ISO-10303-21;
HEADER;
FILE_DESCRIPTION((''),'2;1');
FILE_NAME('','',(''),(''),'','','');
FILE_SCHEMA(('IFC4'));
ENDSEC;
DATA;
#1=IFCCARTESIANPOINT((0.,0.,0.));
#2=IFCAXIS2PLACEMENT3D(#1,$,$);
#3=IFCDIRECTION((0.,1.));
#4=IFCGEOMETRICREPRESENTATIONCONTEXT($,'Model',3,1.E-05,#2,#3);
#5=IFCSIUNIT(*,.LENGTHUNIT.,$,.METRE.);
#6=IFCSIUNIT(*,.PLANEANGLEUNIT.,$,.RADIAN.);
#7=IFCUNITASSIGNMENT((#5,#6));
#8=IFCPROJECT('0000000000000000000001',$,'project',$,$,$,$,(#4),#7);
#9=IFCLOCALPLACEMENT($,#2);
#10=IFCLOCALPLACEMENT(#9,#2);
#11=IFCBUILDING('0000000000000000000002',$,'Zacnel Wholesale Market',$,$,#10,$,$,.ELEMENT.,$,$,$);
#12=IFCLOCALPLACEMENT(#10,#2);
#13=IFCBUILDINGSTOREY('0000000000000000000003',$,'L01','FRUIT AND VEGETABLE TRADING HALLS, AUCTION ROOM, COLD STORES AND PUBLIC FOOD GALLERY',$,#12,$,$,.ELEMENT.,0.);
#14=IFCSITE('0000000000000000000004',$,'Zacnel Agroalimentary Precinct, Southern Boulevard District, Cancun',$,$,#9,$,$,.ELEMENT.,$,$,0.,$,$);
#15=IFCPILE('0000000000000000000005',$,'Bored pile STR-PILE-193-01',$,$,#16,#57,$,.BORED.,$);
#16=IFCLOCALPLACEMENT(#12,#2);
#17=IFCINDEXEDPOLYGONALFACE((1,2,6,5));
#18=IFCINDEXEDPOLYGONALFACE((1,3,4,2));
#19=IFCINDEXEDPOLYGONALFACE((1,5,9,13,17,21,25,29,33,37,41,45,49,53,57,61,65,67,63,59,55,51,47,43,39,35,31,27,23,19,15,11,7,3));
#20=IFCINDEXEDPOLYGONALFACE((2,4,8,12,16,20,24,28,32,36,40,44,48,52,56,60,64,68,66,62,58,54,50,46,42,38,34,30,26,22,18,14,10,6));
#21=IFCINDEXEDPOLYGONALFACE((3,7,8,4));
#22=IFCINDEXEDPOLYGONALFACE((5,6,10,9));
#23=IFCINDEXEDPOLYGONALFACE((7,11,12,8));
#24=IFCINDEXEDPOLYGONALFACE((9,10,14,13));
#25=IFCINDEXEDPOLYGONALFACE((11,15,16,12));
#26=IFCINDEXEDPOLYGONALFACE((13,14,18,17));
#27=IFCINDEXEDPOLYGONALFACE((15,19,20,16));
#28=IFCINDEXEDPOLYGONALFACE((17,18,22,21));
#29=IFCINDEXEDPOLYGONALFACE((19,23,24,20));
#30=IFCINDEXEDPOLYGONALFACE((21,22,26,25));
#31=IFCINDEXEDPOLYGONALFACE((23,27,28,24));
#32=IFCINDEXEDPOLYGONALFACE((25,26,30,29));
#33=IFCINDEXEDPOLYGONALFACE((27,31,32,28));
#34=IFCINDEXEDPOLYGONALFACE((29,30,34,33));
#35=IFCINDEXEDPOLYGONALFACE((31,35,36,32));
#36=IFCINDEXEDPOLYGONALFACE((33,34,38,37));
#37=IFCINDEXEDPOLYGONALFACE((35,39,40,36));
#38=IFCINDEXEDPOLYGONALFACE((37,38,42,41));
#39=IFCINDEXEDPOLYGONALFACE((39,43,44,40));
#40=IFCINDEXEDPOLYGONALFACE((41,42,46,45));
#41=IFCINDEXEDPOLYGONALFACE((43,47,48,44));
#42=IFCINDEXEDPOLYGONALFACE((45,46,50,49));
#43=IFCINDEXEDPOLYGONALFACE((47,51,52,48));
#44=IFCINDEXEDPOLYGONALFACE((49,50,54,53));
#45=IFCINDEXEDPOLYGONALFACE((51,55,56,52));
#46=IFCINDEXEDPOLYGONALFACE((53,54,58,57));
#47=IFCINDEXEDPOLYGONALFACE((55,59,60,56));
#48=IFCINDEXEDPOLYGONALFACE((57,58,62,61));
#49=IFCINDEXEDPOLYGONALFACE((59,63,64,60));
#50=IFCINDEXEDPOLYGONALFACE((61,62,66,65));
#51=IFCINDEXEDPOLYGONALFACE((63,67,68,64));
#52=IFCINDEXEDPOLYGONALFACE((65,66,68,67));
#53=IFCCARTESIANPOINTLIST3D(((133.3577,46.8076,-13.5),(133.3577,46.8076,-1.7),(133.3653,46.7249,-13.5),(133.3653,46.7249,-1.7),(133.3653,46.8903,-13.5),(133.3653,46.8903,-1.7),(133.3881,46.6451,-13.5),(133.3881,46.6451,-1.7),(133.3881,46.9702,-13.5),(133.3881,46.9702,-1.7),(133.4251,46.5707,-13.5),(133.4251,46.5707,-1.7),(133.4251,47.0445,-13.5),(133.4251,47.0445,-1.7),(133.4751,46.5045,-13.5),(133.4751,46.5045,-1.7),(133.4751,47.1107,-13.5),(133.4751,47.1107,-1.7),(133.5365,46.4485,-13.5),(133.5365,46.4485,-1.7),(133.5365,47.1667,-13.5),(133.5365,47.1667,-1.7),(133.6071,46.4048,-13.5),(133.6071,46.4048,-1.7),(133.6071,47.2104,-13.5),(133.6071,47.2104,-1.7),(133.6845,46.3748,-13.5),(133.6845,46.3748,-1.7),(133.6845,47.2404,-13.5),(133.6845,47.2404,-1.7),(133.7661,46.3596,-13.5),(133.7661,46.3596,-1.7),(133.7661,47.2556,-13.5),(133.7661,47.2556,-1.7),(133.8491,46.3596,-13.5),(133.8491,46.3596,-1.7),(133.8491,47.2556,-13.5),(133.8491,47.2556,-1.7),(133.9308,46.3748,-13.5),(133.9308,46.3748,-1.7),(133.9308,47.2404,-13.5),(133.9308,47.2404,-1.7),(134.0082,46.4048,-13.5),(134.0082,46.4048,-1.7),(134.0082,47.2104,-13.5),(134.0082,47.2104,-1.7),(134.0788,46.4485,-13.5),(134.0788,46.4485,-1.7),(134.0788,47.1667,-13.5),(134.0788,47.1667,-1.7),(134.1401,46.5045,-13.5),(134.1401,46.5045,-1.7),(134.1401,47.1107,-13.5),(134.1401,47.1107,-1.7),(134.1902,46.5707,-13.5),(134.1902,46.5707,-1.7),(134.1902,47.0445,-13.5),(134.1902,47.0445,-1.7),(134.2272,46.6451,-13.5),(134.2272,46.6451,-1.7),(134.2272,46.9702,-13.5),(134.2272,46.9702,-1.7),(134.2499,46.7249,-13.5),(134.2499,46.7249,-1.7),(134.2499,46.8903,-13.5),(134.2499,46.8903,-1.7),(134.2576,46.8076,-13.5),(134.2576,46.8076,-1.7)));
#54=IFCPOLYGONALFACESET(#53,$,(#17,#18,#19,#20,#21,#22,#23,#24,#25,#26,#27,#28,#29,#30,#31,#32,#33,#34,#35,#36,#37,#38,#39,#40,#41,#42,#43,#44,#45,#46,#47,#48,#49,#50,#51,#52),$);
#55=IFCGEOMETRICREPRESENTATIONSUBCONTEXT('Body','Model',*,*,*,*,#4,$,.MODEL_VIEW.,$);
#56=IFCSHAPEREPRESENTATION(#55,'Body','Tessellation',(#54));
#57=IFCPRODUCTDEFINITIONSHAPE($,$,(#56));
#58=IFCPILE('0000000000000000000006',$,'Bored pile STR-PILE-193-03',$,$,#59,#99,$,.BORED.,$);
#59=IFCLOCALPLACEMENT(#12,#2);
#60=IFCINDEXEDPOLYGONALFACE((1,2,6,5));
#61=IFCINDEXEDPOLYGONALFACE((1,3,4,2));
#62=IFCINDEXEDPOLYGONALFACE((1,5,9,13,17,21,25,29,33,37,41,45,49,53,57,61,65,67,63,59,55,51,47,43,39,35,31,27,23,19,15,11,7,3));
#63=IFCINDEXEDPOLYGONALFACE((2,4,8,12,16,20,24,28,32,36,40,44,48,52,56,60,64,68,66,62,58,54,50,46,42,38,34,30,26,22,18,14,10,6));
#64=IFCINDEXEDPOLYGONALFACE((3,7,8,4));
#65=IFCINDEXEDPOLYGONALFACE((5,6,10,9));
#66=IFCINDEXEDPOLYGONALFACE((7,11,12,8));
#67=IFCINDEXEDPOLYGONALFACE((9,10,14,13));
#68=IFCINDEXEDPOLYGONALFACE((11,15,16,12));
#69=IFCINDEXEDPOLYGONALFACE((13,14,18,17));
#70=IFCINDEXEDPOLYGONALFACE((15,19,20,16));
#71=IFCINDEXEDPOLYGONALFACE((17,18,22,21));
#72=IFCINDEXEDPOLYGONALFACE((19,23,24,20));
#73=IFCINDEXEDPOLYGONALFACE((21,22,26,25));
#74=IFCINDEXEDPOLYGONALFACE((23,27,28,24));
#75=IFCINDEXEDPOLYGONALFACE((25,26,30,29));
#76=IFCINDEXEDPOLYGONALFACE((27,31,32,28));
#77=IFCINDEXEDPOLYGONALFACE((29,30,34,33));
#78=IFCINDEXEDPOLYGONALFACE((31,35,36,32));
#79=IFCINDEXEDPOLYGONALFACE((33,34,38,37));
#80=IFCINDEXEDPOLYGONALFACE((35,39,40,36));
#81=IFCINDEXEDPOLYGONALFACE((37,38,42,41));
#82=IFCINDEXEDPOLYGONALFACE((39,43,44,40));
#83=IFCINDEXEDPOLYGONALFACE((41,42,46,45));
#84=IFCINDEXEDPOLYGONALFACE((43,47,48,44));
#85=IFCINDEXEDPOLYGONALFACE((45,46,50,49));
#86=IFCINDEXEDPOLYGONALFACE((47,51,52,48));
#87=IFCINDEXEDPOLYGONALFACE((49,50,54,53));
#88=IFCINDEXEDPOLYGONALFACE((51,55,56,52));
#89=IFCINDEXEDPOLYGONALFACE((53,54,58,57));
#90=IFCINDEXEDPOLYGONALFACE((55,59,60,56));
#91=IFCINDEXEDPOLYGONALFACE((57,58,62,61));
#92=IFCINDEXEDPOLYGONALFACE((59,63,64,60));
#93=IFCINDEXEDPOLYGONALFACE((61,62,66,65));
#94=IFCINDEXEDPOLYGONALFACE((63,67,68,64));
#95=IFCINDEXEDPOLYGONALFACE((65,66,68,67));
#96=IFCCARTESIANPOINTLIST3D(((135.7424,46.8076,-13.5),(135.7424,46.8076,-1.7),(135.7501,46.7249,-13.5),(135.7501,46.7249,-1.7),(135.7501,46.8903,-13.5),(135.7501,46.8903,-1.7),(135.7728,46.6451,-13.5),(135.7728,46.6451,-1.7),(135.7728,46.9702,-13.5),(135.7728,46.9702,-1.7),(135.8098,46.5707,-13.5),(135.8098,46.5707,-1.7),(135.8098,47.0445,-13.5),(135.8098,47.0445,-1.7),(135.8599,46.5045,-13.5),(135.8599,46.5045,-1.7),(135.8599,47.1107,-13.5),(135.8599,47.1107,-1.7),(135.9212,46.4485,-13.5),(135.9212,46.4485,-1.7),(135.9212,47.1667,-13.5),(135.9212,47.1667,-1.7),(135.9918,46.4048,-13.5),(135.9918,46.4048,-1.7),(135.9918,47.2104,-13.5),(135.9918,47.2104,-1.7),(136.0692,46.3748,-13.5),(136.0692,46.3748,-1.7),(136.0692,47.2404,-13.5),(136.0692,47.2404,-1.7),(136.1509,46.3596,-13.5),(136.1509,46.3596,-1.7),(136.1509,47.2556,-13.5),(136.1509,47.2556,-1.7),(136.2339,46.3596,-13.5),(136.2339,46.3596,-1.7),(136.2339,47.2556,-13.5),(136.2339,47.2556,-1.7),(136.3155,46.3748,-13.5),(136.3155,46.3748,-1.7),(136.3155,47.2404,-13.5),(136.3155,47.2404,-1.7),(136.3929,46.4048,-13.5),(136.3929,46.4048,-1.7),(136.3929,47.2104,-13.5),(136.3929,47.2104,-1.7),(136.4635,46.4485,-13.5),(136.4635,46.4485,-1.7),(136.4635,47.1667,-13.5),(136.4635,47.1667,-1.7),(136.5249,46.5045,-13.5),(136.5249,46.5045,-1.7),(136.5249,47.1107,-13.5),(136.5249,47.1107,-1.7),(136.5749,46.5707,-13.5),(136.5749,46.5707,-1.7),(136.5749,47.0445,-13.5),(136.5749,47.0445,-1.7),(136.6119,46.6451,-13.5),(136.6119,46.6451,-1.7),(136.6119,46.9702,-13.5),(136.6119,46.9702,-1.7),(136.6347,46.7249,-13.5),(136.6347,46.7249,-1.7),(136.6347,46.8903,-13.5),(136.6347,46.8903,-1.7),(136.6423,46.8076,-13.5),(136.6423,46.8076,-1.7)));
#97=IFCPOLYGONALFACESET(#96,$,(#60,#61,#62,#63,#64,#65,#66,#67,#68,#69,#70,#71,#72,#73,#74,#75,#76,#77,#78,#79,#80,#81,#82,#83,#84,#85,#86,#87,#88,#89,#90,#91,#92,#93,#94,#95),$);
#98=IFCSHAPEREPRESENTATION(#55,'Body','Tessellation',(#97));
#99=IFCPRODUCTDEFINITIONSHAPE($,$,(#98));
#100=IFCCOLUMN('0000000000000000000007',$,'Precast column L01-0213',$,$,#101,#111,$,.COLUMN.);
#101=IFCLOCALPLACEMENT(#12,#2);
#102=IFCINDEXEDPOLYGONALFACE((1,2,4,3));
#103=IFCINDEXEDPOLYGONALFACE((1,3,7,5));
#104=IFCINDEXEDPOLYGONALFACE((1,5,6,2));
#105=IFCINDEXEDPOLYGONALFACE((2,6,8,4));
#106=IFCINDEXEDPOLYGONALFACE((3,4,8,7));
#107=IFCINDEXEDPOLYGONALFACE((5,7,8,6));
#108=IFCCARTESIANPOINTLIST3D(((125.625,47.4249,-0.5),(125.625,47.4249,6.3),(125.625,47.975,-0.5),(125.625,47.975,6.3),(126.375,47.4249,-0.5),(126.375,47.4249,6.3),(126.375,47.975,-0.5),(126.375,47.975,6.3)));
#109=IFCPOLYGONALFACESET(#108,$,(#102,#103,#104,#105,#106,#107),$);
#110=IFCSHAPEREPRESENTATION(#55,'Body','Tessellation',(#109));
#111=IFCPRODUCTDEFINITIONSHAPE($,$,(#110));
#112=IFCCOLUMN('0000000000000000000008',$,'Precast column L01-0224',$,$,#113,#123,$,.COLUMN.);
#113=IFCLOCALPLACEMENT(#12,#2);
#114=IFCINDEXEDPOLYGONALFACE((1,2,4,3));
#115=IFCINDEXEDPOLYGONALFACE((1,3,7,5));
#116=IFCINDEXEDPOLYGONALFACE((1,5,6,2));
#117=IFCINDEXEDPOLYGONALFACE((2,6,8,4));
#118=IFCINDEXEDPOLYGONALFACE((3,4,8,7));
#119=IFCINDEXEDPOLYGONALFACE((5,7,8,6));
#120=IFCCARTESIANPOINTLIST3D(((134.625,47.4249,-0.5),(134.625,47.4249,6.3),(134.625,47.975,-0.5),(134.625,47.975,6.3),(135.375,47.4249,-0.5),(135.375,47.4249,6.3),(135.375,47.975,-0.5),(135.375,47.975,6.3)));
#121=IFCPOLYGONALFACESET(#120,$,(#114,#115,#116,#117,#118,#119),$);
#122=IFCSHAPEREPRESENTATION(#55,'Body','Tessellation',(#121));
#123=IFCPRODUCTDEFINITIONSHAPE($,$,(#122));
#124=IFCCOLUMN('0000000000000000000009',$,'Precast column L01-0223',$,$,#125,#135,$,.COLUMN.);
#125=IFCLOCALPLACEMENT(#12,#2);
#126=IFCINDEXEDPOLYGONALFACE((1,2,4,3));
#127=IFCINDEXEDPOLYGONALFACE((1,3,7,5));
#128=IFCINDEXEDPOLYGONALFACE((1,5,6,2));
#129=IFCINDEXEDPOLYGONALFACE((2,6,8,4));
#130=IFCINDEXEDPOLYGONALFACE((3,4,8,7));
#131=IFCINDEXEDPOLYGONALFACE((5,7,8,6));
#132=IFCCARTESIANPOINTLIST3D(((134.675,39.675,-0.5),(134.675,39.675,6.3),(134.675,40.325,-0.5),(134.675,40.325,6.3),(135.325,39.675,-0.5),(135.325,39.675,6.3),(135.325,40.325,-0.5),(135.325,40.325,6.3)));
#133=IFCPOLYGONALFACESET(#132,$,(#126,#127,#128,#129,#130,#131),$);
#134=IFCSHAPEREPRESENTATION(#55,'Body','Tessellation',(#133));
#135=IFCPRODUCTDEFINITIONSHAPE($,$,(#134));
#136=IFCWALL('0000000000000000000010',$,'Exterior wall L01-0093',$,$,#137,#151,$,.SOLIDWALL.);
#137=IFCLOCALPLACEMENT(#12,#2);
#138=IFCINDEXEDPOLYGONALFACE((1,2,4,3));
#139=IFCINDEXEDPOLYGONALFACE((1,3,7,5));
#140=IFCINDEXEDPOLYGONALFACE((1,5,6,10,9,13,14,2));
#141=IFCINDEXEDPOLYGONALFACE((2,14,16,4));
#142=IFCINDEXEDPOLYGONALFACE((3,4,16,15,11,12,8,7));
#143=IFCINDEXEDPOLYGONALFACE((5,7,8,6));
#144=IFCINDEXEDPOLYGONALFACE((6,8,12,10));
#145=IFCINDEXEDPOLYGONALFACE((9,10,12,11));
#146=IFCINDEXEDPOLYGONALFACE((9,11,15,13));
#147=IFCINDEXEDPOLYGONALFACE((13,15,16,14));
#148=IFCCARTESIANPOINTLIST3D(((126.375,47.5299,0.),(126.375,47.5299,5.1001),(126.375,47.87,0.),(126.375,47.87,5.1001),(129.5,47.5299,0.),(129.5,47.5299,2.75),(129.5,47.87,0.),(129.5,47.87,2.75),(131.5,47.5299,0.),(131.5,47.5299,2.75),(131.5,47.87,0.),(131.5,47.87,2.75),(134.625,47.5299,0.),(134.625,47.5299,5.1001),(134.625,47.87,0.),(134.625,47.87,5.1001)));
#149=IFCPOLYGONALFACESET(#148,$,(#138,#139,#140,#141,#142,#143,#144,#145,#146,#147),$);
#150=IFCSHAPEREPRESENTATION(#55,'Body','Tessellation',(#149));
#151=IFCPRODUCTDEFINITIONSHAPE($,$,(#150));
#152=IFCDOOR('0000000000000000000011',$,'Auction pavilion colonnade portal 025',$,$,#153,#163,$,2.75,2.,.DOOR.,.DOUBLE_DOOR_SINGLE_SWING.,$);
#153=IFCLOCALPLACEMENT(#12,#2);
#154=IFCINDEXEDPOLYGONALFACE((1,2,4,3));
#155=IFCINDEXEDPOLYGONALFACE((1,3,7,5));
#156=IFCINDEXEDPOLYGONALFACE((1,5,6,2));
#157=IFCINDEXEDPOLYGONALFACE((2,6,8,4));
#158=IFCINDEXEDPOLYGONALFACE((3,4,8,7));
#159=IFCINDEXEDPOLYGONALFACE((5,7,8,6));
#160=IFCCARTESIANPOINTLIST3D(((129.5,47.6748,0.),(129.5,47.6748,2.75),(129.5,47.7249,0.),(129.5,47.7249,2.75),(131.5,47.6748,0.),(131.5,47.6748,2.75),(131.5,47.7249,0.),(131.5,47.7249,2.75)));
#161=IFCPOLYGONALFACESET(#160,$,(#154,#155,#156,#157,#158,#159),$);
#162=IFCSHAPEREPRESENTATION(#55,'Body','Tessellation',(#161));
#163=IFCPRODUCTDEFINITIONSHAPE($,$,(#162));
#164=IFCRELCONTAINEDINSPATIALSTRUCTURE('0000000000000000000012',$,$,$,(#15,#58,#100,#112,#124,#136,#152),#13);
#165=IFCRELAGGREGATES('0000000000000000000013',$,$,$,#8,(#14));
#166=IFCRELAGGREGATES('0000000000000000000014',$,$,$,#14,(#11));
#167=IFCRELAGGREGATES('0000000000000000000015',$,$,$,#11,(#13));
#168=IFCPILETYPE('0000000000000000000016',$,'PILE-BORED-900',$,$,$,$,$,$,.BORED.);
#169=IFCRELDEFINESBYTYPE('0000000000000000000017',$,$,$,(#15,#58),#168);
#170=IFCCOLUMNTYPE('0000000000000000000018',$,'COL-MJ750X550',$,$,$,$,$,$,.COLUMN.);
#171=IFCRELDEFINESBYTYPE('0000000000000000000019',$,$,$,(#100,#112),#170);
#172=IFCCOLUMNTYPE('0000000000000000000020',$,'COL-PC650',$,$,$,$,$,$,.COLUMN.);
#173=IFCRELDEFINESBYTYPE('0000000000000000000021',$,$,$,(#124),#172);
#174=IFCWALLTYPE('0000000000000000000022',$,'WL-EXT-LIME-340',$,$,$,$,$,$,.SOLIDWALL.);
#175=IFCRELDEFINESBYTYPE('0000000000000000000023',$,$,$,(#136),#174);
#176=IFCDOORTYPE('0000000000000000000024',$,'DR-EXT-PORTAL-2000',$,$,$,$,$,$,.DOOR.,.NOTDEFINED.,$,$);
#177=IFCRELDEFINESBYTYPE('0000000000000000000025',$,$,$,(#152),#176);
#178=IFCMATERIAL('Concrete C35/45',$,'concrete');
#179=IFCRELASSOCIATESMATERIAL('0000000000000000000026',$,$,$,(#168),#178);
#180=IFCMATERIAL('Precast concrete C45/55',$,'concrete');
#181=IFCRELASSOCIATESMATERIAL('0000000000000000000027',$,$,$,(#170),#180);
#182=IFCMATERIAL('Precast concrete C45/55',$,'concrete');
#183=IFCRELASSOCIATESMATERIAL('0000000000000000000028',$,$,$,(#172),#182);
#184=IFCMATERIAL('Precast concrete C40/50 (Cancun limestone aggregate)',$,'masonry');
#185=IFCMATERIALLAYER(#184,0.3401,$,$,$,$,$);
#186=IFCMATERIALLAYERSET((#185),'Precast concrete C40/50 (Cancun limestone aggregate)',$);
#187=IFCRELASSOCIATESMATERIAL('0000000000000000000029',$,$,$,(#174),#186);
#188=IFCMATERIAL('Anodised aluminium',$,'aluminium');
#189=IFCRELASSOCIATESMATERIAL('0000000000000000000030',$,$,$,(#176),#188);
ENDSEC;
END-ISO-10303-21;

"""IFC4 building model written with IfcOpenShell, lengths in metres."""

from ifc_helpers import new_model, si_unit, direction, frame, frame_2d, origin, origin_2d, place, context, subcontext, project, spatial, rectangle, circle, extrude, material, layer, layer_set, material_profile, profile_set, type_object, element, fill, save


model = new_model("IFC4")

# Units and contexts
model_context = context("Model", 3, precision=1e-05, world=origin(), true_north=direction((0.0, 1.0)))
body_context = subcontext(model_context, "Body", "Model", "MODEL_VIEW")
ifc_project = project(units=[si_unit("LENGTHUNIT", "METRE"), si_unit("PLANEANGLEUNIT", "RADIAN")], contexts=[model_context])

# Site, building, storey
site_placement = place(None, origin())
site = spatial("IfcSite", under=ifc_project, at=site_placement, Name="Zacnel Agroalimentary Precinct, Southern Boulevard District, Cancun", CompositionType="ELEMENT", RefElevation=0.0)
building_placement = place(site_placement, origin())
building = spatial("IfcBuilding", under=site, at=building_placement, Name="Zacnel Wholesale Market", CompositionType="ELEMENT")
storey_placement = place(building_placement, origin())
storey = spatial("IfcBuildingStorey", under=building, at=storey_placement, Name="L01", Description="FRUIT AND VEGETABLE TRADING HALLS, AUCTION ROOM, COLD STORES AND PUBLIC FOOD GALLERY", CompositionType="ELEMENT", Elevation=0.0)

# Piles
ifc_material_1 = material(Name="Concrete C35/45", Category="concrete")
ifc_material_profile_1 = material_profile(ifc_material_1, circle(Radius=0.45, at=origin_2d()), Name="BORED PILE D900")
ifc_profile_set_1 = profile_set([ifc_material_profile_1], Name="Concrete C35/45")
pile_type_1 = type_object("IfcPileType", Name="PILE-BORED-900", PredefinedType="BORED", material=ifc_profile_set_1)
for number, where, z_axis, x_axis, name in (
    (1, (133.8076, 46.8076, -1.7), (0.0, 0.0, -1.0), (1.0, 0.0, 0.0), "Bored pile STR-PILE-193-01"),
    (2, (136.1924, 46.8076, -1.7), (0.0, 0.0, -1.0), (1.0, 0.0, 0.0), "Bored pile STR-PILE-193-03"),
):
    element("IfcPile", number, at=place(storey_placement, frame(where, z_axis=z_axis, x_axis=x_axis)), inside=storey, type_object=pile_type_1, Name=name, PredefinedType="BORED", context=body_context, shape_type="SweptSolid", body=[
        extrude(circle(Radius=0.45, at=origin_2d()), origin(), (0.0, 0.0, 1.0), 11.8),
    ])

# Columns
ifc_material_2 = material(Name="Precast concrete C45/55", Category="concrete")
ifc_material_profile_2 = material_profile(ifc_material_2, rectangle(XDim=0.75, YDim=0.55, at=origin_2d()), Name="PC 750x550")
ifc_profile_set_2 = profile_set([ifc_material_profile_2], Name="Precast concrete C45/55")
column_type_1 = type_object("IfcColumnType", Name="COL-MJ750X550", PredefinedType="COLUMN", material=ifc_profile_set_2)
for number, where, z_axis, x_axis, name in (
    (3, (126.0, 47.7, -0.5), (0.0, 0.0, 1.0), (1.0, 0.0, 0.0), "Precast column L01-0213"),
    (4, (135.0, 47.7, -0.5), (0.0, 0.0, 1.0), (1.0, 0.0, 0.0), "Precast column L01-0224"),
):
    element("IfcColumn", number, at=place(storey_placement, frame(where, z_axis=z_axis, x_axis=x_axis)), inside=storey, type_object=column_type_1, Name=name, PredefinedType="COLUMN", context=body_context, shape_type="SweptSolid", body=[
        extrude(rectangle(XDim=0.75, YDim=0.55, at=origin_2d()), origin(), (0.0, 0.0, 1.0), 6.8),
    ])
ifc_material_3 = material(Name="Precast concrete C45/55", Category="concrete")
ifc_material_profile_3 = material_profile(ifc_material_3, rectangle(XDim=0.6499, YDim=0.6499, at=origin_2d()), Name="PC 650x650")
ifc_profile_set_3 = profile_set([ifc_material_profile_3], Name="Precast concrete C45/55")
column_type_2 = type_object("IfcColumnType", Name="COL-PC650", PredefinedType="COLUMN", material=ifc_profile_set_3)
column_placement = place(storey_placement, frame((135.0, 40.0, -0.5), z_axis=(0.0, 0.0, 1.0), x_axis=(1.0, 0.0, 0.0)))
element("IfcColumn", 5, at=column_placement, inside=storey, type_object=column_type_2, Name="Precast column L01-0223", PredefinedType="COLUMN", context=body_context, shape_type="SweptSolid", body=[
    extrude(rectangle(XDim=0.6499, YDim=0.6499, at=origin_2d()), origin(), (0.0, 0.0, 1.0), 6.8),
])

# Wall, opening, door
ifc_material_4 = material(Name="Precast concrete C40/50 (Cancun limestone aggregate)", Category="masonry")
ifc_layer_1 = layer(ifc_material_4, 0.3401)
ifc_layer_set_1 = layer_set([ifc_layer_1], Name="Precast concrete C40/50 (Cancun limestone aggregate)")
wall_type = type_object("IfcWallType", Name="WL-EXT-LIME-340", PredefinedType="SOLIDWALL", material=ifc_layer_set_1)
wall_1_placement = place(storey_placement, frame((126.375, 47.7, 0.0), z_axis=(0.0, 0.0, 1.0), x_axis=(1.0, 0.0, 0.0)))
wall_1 = element("IfcWall", 6, at=wall_1_placement, inside=storey, type_object=wall_type, Name="Exterior wall L01-0093", PredefinedType="SOLIDWALL", context=body_context, shape_type="SweptSolid", body=[
    extrude(rectangle(XDim=8.25, YDim=0.3401, at=frame_2d((4.125, 0.0))), origin(), (0.0, 0.0, 1.0), 5.1001),
])
opening_1_placement = place(wall_1_placement, frame((3.125, 0.0, 0.0)))
opening_1 = element("IfcOpeningElement", 7, at=opening_1_placement, cuts=wall_1, PredefinedType="OPENING", context=body_context, shape_type="SweptSolid", body=[
    extrude(rectangle(XDim=2.0, YDim=2.75, at=frame_2d((1.0, 1.375))), frame((0.0, 0.1799, 0.0), z_axis=(0.0, -1.0, 0.0), x_axis=(1.0, 0.0, 0.0)), (0.0, 0.0, 1.0), 0.3601),
])
ifc_material_5 = material(Name="Anodised aluminium", Category="aluminium")
door_type = type_object("IfcDoorType", Name="DR-EXT-PORTAL-2000", OperationType="NOTDEFINED", PredefinedType="DOOR", material=ifc_material_5)
door_placement = place(opening_1_placement, origin())
door = element("IfcDoor", 8, at=door_placement, inside=storey, type_object=door_type, Name="Auction pavilion colonnade portal 025", OperationType="DOUBLE_DOOR_SINGLE_SWING", OverallHeight=2.75, OverallWidth=2.0, PredefinedType="DOOR", context=body_context, shape_type="SweptSolid", body=[
    extrude(rectangle(XDim=2.0, YDim=2.75, at=frame_2d((1.0, 1.375))), frame((0.0, 0.0249, 0.0), z_axis=(0.0, -1.0, 0.0), x_axis=(1.0, 0.0, 0.0)), (0.0, 0.0, 1.0), 0.05),
])
fill(opening_1, door)

save(model, "model.ifc")
